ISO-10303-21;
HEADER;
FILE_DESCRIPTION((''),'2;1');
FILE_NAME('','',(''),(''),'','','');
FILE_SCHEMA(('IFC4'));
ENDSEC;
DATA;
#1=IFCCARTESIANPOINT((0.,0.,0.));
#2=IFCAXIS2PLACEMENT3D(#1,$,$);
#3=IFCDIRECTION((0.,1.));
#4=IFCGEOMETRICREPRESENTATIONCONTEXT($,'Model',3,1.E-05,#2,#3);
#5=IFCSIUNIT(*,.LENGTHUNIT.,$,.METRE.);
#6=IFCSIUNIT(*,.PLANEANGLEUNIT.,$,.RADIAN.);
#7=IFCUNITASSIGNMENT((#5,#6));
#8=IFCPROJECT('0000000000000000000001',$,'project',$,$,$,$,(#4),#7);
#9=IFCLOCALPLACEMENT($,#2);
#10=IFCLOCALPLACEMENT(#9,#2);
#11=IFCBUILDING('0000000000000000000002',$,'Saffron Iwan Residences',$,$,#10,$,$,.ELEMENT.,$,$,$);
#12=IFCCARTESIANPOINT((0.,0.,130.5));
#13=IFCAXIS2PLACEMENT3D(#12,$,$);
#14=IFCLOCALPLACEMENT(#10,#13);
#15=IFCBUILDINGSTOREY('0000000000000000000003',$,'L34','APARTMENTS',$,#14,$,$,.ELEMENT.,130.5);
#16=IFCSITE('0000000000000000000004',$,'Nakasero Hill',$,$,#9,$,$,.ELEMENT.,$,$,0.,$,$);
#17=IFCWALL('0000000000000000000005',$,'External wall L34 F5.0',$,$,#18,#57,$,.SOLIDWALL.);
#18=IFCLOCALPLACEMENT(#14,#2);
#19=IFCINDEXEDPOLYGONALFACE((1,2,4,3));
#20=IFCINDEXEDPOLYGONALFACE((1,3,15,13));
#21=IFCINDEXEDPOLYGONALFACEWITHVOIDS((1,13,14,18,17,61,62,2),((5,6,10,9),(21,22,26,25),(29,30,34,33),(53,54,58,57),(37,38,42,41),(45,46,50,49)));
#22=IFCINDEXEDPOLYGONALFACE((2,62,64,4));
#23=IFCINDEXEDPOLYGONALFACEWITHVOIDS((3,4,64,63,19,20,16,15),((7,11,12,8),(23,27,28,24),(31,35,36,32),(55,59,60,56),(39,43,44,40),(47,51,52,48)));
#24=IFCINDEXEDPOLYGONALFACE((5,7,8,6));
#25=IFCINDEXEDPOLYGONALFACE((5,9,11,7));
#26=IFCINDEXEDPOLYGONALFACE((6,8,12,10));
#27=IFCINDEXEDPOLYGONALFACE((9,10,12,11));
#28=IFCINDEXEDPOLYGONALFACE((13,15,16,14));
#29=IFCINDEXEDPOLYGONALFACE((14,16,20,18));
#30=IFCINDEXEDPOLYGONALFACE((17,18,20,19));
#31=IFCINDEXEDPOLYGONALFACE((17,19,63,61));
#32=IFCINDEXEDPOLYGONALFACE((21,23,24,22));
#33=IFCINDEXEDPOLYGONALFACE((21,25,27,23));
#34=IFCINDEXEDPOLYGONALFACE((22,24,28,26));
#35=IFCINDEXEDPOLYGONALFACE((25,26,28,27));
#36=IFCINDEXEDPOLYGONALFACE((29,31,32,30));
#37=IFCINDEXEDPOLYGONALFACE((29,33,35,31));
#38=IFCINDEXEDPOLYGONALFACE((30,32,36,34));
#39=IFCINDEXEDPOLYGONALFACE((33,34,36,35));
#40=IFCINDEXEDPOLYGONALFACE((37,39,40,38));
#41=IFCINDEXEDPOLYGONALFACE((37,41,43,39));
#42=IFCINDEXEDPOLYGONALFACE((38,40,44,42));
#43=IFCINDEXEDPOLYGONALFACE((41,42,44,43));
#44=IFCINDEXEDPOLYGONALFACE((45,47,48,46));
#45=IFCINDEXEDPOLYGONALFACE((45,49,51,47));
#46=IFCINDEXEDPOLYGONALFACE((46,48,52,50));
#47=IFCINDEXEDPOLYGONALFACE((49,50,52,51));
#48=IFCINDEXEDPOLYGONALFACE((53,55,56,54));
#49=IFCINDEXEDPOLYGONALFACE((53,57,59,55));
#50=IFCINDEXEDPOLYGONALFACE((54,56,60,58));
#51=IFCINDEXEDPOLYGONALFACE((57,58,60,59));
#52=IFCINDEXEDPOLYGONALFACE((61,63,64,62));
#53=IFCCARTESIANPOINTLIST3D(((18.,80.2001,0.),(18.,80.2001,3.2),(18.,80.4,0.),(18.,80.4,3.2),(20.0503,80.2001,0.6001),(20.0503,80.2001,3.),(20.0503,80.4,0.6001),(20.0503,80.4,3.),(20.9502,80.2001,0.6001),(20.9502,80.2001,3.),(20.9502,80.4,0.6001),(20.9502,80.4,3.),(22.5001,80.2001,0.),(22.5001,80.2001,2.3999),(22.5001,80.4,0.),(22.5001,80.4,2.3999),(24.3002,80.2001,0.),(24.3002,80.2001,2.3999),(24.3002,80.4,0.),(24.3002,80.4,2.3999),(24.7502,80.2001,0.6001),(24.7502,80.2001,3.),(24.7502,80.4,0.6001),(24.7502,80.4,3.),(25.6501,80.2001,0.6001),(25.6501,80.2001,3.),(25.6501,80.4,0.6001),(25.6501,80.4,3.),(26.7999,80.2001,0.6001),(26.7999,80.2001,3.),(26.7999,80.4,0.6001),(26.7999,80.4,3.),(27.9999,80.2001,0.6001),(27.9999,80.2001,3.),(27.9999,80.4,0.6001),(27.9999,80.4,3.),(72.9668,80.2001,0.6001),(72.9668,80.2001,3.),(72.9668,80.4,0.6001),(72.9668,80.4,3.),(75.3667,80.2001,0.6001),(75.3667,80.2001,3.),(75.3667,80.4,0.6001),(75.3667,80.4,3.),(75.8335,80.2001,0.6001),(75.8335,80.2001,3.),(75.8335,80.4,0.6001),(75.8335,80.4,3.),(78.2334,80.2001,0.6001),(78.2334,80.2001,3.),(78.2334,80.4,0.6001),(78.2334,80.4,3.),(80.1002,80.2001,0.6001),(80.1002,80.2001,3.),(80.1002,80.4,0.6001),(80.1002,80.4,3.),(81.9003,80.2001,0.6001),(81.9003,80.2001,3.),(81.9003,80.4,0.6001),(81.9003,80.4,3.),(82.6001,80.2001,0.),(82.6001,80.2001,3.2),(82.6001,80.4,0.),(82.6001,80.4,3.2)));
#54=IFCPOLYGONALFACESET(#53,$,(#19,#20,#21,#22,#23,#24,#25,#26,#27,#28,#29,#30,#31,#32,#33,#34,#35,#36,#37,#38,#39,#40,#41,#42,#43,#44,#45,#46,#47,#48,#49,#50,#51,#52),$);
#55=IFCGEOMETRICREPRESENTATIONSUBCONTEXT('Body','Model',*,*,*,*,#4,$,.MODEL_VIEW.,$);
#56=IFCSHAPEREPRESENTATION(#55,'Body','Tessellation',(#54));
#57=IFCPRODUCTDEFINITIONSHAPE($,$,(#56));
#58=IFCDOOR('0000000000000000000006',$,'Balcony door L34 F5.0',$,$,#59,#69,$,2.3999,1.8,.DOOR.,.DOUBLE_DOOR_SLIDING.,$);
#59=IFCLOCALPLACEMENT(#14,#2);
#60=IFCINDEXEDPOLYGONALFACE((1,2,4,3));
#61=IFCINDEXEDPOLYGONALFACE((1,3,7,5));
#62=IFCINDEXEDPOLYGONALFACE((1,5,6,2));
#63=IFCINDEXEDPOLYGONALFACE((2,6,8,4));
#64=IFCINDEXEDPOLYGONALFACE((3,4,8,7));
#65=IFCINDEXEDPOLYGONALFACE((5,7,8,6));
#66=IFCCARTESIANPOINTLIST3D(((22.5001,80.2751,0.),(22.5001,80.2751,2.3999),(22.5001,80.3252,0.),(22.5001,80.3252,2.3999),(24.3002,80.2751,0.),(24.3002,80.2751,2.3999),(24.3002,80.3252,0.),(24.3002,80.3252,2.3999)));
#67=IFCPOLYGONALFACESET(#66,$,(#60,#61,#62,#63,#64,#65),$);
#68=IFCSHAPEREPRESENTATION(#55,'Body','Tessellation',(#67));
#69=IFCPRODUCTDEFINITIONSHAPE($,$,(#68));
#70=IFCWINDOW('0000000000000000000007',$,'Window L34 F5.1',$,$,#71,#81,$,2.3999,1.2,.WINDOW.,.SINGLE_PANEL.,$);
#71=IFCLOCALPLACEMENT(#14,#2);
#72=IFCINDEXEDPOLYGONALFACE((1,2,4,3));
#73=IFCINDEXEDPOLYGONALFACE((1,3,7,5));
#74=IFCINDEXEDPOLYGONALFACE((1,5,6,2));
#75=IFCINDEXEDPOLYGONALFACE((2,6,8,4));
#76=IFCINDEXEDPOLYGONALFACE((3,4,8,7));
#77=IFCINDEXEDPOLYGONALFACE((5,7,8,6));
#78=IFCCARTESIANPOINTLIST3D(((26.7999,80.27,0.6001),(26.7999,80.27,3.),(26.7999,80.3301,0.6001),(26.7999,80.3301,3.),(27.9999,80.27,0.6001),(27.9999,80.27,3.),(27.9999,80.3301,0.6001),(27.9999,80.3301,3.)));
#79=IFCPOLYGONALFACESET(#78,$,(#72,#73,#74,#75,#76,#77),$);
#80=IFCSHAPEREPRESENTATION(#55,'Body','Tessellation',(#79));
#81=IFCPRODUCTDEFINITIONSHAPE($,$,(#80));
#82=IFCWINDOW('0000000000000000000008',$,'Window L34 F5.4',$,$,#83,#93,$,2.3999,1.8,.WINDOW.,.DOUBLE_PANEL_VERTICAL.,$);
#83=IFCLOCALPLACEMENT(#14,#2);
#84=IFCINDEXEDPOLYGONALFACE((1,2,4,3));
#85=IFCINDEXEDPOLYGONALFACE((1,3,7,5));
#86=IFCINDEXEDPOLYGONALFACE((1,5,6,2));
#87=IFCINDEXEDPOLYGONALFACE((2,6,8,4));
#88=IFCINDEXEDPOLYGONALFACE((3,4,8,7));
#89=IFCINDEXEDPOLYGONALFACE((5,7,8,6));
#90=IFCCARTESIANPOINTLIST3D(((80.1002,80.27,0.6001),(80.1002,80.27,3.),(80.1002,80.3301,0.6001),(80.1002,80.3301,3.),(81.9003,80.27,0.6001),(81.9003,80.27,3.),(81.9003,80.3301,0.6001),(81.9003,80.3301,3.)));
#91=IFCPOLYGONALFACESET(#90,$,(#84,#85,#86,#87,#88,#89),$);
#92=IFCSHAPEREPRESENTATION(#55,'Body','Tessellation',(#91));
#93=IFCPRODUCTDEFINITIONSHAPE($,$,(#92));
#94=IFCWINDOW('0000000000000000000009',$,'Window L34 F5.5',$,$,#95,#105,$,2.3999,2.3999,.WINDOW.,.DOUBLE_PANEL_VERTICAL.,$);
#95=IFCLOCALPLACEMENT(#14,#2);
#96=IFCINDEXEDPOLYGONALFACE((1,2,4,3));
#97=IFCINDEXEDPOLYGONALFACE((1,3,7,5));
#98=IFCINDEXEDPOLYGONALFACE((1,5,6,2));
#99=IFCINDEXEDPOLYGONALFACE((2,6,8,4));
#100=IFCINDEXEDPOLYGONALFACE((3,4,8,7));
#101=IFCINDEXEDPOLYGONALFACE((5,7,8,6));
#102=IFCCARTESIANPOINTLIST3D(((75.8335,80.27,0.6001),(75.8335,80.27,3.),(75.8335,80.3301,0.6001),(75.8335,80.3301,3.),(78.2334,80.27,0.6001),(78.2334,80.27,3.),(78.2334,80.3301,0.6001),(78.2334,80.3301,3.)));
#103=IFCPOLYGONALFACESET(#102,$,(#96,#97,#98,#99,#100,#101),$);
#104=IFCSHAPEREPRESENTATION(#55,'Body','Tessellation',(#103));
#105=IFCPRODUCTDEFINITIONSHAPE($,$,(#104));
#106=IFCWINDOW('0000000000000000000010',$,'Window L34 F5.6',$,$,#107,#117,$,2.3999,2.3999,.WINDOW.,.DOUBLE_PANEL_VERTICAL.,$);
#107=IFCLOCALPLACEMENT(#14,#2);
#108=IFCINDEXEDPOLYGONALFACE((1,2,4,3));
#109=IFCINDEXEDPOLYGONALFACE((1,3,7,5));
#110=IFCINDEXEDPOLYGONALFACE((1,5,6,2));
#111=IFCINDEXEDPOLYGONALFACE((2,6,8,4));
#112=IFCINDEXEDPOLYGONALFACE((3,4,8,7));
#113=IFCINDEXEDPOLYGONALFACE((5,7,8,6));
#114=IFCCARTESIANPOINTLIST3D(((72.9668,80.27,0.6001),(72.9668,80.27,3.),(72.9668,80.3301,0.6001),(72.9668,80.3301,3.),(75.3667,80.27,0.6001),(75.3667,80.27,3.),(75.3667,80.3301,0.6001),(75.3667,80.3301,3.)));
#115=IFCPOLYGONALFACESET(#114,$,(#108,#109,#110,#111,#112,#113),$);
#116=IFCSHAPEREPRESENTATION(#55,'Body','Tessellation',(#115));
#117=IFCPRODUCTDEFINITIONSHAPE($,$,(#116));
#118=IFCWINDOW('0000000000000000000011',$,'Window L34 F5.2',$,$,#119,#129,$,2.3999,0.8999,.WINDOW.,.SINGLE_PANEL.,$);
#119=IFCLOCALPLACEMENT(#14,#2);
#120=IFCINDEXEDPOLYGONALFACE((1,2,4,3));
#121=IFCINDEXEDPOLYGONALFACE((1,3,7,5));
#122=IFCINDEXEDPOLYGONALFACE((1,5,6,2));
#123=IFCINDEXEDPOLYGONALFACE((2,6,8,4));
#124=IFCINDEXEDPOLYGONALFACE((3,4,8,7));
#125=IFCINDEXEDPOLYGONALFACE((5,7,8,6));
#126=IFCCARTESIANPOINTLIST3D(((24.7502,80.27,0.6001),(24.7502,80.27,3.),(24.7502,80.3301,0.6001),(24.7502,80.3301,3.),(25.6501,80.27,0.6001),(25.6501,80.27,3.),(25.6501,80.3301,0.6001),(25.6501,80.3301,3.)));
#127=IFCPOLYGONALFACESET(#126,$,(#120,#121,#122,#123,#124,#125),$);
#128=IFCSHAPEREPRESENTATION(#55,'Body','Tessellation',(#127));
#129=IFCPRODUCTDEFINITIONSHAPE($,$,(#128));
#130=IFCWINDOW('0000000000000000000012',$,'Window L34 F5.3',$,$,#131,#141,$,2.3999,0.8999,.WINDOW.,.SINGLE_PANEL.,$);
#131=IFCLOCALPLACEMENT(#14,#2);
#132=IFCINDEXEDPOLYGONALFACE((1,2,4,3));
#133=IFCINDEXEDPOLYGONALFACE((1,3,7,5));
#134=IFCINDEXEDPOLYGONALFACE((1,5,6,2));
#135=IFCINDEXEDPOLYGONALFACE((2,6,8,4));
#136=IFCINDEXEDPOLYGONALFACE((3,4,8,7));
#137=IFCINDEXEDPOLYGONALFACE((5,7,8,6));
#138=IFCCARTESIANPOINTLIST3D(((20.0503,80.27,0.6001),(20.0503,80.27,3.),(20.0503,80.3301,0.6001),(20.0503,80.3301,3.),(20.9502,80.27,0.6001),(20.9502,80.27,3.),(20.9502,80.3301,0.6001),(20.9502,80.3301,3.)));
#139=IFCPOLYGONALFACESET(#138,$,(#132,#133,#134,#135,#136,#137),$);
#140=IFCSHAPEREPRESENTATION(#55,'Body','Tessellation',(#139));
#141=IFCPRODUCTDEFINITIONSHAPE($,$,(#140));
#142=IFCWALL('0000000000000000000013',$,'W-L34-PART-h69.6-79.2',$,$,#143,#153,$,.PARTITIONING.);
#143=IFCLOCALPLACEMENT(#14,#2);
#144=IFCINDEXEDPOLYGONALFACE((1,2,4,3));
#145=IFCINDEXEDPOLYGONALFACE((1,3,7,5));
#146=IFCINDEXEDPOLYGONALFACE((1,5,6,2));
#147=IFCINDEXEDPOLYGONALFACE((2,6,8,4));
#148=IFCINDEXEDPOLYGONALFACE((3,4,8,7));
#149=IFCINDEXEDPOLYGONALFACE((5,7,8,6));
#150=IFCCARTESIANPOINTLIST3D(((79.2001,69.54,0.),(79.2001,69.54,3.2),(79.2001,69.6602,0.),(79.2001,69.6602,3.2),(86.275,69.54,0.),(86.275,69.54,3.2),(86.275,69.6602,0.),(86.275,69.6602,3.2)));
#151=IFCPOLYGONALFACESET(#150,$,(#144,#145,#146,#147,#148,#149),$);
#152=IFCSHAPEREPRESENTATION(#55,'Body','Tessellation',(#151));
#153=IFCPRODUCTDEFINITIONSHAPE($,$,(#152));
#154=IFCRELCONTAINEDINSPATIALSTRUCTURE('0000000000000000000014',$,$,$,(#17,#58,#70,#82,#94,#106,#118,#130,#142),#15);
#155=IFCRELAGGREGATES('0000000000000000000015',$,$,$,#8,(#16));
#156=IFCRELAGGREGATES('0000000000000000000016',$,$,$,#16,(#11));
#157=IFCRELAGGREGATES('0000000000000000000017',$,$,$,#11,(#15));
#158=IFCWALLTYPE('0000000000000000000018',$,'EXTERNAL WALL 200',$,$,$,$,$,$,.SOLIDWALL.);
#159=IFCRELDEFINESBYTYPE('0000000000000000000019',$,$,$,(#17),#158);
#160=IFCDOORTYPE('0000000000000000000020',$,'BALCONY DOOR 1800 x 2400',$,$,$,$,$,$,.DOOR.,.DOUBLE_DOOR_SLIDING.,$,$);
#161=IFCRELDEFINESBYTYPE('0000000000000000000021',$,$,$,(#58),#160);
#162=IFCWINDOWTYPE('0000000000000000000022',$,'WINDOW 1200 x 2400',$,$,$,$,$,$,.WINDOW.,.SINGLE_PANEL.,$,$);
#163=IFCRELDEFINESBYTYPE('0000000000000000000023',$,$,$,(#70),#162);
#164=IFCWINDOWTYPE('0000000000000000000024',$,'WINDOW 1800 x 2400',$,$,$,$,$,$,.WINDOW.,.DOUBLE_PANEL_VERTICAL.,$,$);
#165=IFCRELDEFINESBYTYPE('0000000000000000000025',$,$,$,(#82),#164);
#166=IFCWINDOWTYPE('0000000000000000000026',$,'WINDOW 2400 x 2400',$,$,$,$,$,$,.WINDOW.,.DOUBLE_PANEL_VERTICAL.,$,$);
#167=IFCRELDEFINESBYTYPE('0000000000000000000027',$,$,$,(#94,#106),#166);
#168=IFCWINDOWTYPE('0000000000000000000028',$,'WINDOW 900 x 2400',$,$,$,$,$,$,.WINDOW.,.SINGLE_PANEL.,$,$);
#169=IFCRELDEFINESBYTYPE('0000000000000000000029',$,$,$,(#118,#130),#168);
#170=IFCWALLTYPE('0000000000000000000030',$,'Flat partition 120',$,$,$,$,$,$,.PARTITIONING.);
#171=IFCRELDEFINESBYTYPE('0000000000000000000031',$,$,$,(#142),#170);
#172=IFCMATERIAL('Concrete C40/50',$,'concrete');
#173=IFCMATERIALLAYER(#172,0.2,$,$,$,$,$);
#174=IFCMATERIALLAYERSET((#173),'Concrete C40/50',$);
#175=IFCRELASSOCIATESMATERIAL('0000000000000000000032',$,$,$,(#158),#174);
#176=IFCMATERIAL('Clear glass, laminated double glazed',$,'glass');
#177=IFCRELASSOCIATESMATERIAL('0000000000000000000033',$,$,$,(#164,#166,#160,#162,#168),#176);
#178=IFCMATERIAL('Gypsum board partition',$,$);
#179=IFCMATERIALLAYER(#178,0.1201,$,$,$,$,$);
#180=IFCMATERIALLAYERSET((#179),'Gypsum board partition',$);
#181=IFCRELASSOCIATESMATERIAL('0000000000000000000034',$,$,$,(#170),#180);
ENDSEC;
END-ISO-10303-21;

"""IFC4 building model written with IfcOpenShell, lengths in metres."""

from ifc_helpers import new_model, si_unit, direction, frame, frame_2d, origin, place, context, subcontext, project, spatial, rectangle, extrude, material, layer, layer_set, type_object, element, fill, save


model = new_model("IFC4")

# Units and contexts
model_context = context("Model", 3, precision=1e-05, world=origin(), true_north=direction((0.0, 1.0)))
body_context = subcontext(model_context, "Body", "Model", "MODEL_VIEW")
ifc_project = project(units=[si_unit("LENGTHUNIT", "METRE"), si_unit("PLANEANGLEUNIT", "RADIAN")], contexts=[model_context])

# Site, building, storey
site_placement = place(None, origin())
site = spatial("IfcSite", under=ifc_project, at=site_placement, Name="Nakasero Hill", CompositionType="ELEMENT", RefElevation=0.0)
building_placement = place(site_placement, origin())
building = spatial("IfcBuilding", under=site, at=building_placement, Name="Saffron Iwan Residences", CompositionType="ELEMENT")
storey_placement = place(building_placement, frame((0.0, 0.0, 130.5)))
storey = spatial("IfcBuildingStorey", under=building, at=storey_placement, Name="L34", Description="APARTMENTS", CompositionType="ELEMENT", Elevation=130.5)

# Shared definitions
ifc_material_1 = material(Name="Concrete C40/50", Category="concrete")
ifc_layer_1 = layer(ifc_material_1, 0.2)
ifc_layer_set_1 = layer_set([ifc_layer_1], Name="Concrete C40/50")
wall_type_1 = type_object("IfcWallType", Name="EXTERNAL WALL 200", PredefinedType="SOLIDWALL", material=ifc_layer_set_1)
ifc_material_2 = material(Name="Clear glass, laminated double glazed", Category="glass")
window_type_1 = type_object("IfcWindowType", Name="WINDOW 1800 x 2400", PartitioningType="DOUBLE_PANEL_VERTICAL", PredefinedType="WINDOW", material=ifc_material_2)
window_type_2 = type_object("IfcWindowType", Name="WINDOW 2400 x 2400", PartitioningType="DOUBLE_PANEL_VERTICAL", PredefinedType="WINDOW", material=ifc_material_2)

# Wall, openings, door, windows
wall_1_placement = place(storey_placement, frame((82.6001, 80.3, 0.0), z_axis=(0.0, 0.0, 1.0), x_axis=(-1.0, 0.0, 0.0)))
wall_1 = element("IfcWall", 1, at=wall_1_placement, inside=storey, type_object=wall_type_1, Name="External wall L34 F5.0", PredefinedType="SOLIDWALL", context=body_context, shape_type="SweptSolid", body=[
    extrude(rectangle(XDim=64.6001, YDim=0.2, at=frame_2d((32.3, 0.0))), origin(), (0.0, 0.0, 1.0), 3.2),
])
opening_1_placement = place(wall_1_placement, frame((58.3, 0.0, 0.0)))
opening_1 = element("IfcOpeningElement", 2, at=opening_1_placement, cuts=wall_1, PredefinedType="OPENING", context=body_context, shape_type="SweptSolid", body=[
    extrude(rectangle(XDim=1.8, YDim=2.3999, at=frame_2d((0.8999, 1.2))), frame((0.0, 0.1099, 0.0), z_axis=(0.0, -1.0, 0.0), x_axis=(1.0, 0.0, 0.0)), (0.0, 0.0, 1.0), 0.22),
])
opening_2_placement = place(wall_1_placement, frame((54.6001, 0.0, 0.6001)))
opening_2 = element("IfcOpeningElement", 3, at=opening_2_placement, cuts=wall_1, PredefinedType="OPENING", context=body_context, shape_type="SweptSolid", body=[
    extrude(rectangle(XDim=1.2, YDim=2.3999, at=frame_2d((0.6001, 1.2))), frame((0.0, 0.1099, 0.0), z_axis=(0.0, -1.0, 0.0), x_axis=(1.0, 0.0, 0.0)), (0.0, 0.0, 1.0), 0.22),
])
opening_3_placement = place(wall_1_placement, frame((56.95, 0.0, 0.6001)))
opening_3 = element("IfcOpeningElement", 4, at=opening_3_placement, cuts=wall_1, PredefinedType="OPENING", context=body_context, shape_type="SweptSolid", body=[
    extrude(rectangle(XDim=0.8999, YDim=2.3999, at=frame_2d((0.45, 1.2))), frame((0.0, 0.1099, 0.0), z_axis=(0.0, -1.0, 0.0), x_axis=(1.0, 0.0, 0.0)), (0.0, 0.0, 1.0), 0.22),
])
opening_4_placement = place(wall_1_placement, frame((61.6499, 0.0, 0.6001)))
opening_4 = element("IfcOpeningElement", 5, at=opening_4_placement, cuts=wall_1, PredefinedType="OPENING", context=body_context, shape_type="SweptSolid", body=[
    extrude(rectangle(XDim=0.8999, YDim=2.3999, at=frame_2d((0.45, 1.2))), frame((0.0, 0.1099, 0.0), z_axis=(0.0, -1.0, 0.0), x_axis=(1.0, 0.0, 0.0)), (0.0, 0.0, 1.0), 0.22),
])
opening_5_placement = place(wall_1_placement, frame((0.7, 0.0, 0.6001)))
opening_5 = element("IfcOpeningElement", 6, at=opening_5_placement, cuts=wall_1, PredefinedType="OPENING", context=body_context, shape_type="SweptSolid", body=[
    extrude(rectangle(XDim=1.8, YDim=2.3999, at=frame_2d((0.8999, 1.2))), frame((0.0, 0.1099, 0.0), z_axis=(0.0, -1.0, 0.0), x_axis=(1.0, 0.0, 0.0)), (0.0, 0.0, 1.0), 0.22),
])
opening_6_placement = place(wall_1_placement, frame((4.3667, 0.0, 0.6001)))
opening_6 = element("IfcOpeningElement", 7, at=opening_6_placement, cuts=wall_1, PredefinedType="OPENING", context=body_context, shape_type="SweptSolid", body=[
    extrude(rectangle(XDim=2.3999, YDim=2.3999, at=frame_2d((1.2, 1.2))), frame((0.0, 0.1099, 0.0), z_axis=(0.0, -1.0, 0.0), x_axis=(1.0, 0.0, 0.0)), (0.0, 0.0, 1.0), 0.22),
])
opening_7_placement = place(wall_1_placement, frame((7.2334, 0.0, 0.6001)))
opening_7 = element("IfcOpeningElement", 8, at=opening_7_placement, cuts=wall_1, PredefinedType="OPENING", context=body_context, shape_type="SweptSolid", body=[
    extrude(rectangle(XDim=2.3999, YDim=2.3999, at=frame_2d((1.2, 1.2))), frame((0.0, 0.1099, 0.0), z_axis=(0.0, -1.0, 0.0), x_axis=(1.0, 0.0, 0.0)), (0.0, 0.0, 1.0), 0.22),
])
door_type_1 = type_object("IfcDoorType", Name="BALCONY DOOR 1800 x 2400", OperationType="DOUBLE_DOOR_SLIDING", PredefinedType="DOOR", material=ifc_material_2)
door_1_placement = place(opening_1_placement, origin())
door_1 = element("IfcDoor", 9, at=door_1_placement, inside=storey, type_object=door_type_1, Name="Balcony door L34 F5.0", OperationType="DOUBLE_DOOR_SLIDING", OverallHeight=2.3999, OverallWidth=1.8, PredefinedType="DOOR", context=body_context, shape_type="SweptSolid", body=[
    extrude(rectangle(XDim=1.8, YDim=2.3999, at=frame_2d((0.8999, 1.2))), frame((0.0, 0.0249, 0.0), z_axis=(0.0, -1.0, 0.0), x_axis=(1.0, 0.0, 0.0)), (0.0, 0.0, 1.0), 0.05),
])
fill(opening_1, door_1)
window_type_3 = type_object("IfcWindowType", Name="WINDOW 1200 x 2400", PartitioningType="SINGLE_PANEL", PredefinedType="WINDOW", material=ifc_material_2)
window_1_placement = place(opening_2_placement, origin())
window_1 = element("IfcWindow", 10, at=window_1_placement, inside=storey, type_object=window_type_3, Name="Window L34 F5.1", OverallHeight=2.3999, OverallWidth=1.2, PartitioningType="SINGLE_PANEL", PredefinedType="WINDOW", context=body_context, shape_type="SweptSolid", body=[
    extrude(rectangle(XDim=1.2, YDim=2.3999, at=frame_2d((0.6001, 1.2))), frame((0.0, 0.03, 0.0), z_axis=(0.0, -1.0, 0.0), x_axis=(1.0, 0.0, 0.0)), (0.0, 0.0, 1.0), 0.0601),
])
fill(opening_2, window_1)
window_2_placement = place(opening_5_placement, origin())
window_2 = element("IfcWindow", 11, at=window_2_placement, inside=storey, type_object=window_type_1, Name="Window L34 F5.4", OverallHeight=2.3999, OverallWidth=1.8, PartitioningType="DOUBLE_PANEL_VERTICAL", PredefinedType="WINDOW", context=body_context, shape_type="SweptSolid", body=[
    extrude(rectangle(XDim=1.8, YDim=2.3999, at=frame_2d((0.8999, 1.2))), frame((0.0, 0.03, 0.0), z_axis=(0.0, -1.0, 0.0), x_axis=(1.0, 0.0, 0.0)), (0.0, 0.0, 1.0), 0.0601),
])
fill(opening_5, window_2)
window_3_placement = place(opening_6_placement, origin())
window_3 = element("IfcWindow", 12, at=window_3_placement, inside=storey, type_object=window_type_2, Name="Window L34 F5.5", OverallHeight=2.3999, OverallWidth=2.3999, PartitioningType="DOUBLE_PANEL_VERTICAL", PredefinedType="WINDOW", context=body_context, shape_type="SweptSolid", body=[
    extrude(rectangle(XDim=2.3999, YDim=2.3999, at=frame_2d((1.2, 1.2))), frame((0.0, 0.03, 0.0), z_axis=(0.0, -1.0, 0.0), x_axis=(1.0, 0.0, 0.0)), (0.0, 0.0, 1.0), 0.0601),
])
fill(opening_6, window_3)
window_4_placement = place(opening_7_placement, origin())
window_4 = element("IfcWindow", 13, at=window_4_placement, inside=storey, type_object=window_type_2, Name="Window L34 F5.6", OverallHeight=2.3999, OverallWidth=2.3999, PartitioningType="DOUBLE_PANEL_VERTICAL", PredefinedType="WINDOW", context=body_context, shape_type="SweptSolid", body=[
    extrude(rectangle(XDim=2.3999, YDim=2.3999, at=frame_2d((1.2, 1.2))), frame((0.0, 0.03, 0.0), z_axis=(0.0, -1.0, 0.0), x_axis=(1.0, 0.0, 0.0)), (0.0, 0.0, 1.0), 0.0601),
])
fill(opening_7, window_4)
window_type_4 = type_object("IfcWindowType", Name="WINDOW 900 x 2400", PartitioningType="SINGLE_PANEL", PredefinedType="WINDOW", material=ifc_material_2)
window_5_placement = place(opening_3_placement, origin())
window_5 = element("IfcWindow", 14, at=window_5_placement, inside=storey, type_object=window_type_4, Name="Window L34 F5.2", OverallHeight=2.3999, OverallWidth=0.8999, PartitioningType="SINGLE_PANEL", PredefinedType="WINDOW", context=body_context, shape_type="SweptSolid", body=[
    extrude(rectangle(XDim=0.8999, YDim=2.3999, at=frame_2d((0.45, 1.2))), frame((0.0, 0.03, 0.0), z_axis=(0.0, -1.0, 0.0), x_axis=(1.0, 0.0, 0.0)), (0.0, 0.0, 1.0), 0.0601),
])
fill(opening_3, window_5)
window_6_placement = place(opening_4_placement, origin())
window_6 = element("IfcWindow", 15, at=window_6_placement, inside=storey, type_object=window_type_4, Name="Window L34 F5.3", OverallHeight=2.3999, OverallWidth=0.8999, PartitioningType="SINGLE_PANEL", PredefinedType="WINDOW", context=body_context, shape_type="SweptSolid", body=[
    extrude(rectangle(XDim=0.8999, YDim=2.3999, at=frame_2d((0.45, 1.2))), frame((0.0, 0.03, 0.0), z_axis=(0.0, -1.0, 0.0), x_axis=(1.0, 0.0, 0.0)), (0.0, 0.0, 1.0), 0.0601),
])
fill(opening_4, window_6)

# Wall
ifc_material_3 = material(Name="Gypsum board partition")
ifc_layer_2 = layer(ifc_material_3, 0.1201)
ifc_layer_set_2 = layer_set([ifc_layer_2], Name="Gypsum board partition")
wall_type_2 = type_object("IfcWallType", Name="Flat partition 120", PredefinedType="PARTITIONING", material=ifc_layer_set_2)
wall_2_placement = place(storey_placement, frame((79.2, 69.6001, 0.0), z_axis=(0.0, 0.0, 1.0), x_axis=(1.0, 0.0, 0.0)))
element("IfcWall", 16, at=wall_2_placement, inside=storey, type_object=wall_type_2, Name="W-L34-PART-h69.6-79.2", PredefinedType="PARTITIONING", context=body_context, shape_type="SweptSolid", body=[
    extrude(rectangle(XDim=7.075, YDim=0.1201, at=frame_2d((3.5376, 0.0))), origin(), (0.0, 0.0, 1.0), 3.2),
])

save(model, "model.ifc")
